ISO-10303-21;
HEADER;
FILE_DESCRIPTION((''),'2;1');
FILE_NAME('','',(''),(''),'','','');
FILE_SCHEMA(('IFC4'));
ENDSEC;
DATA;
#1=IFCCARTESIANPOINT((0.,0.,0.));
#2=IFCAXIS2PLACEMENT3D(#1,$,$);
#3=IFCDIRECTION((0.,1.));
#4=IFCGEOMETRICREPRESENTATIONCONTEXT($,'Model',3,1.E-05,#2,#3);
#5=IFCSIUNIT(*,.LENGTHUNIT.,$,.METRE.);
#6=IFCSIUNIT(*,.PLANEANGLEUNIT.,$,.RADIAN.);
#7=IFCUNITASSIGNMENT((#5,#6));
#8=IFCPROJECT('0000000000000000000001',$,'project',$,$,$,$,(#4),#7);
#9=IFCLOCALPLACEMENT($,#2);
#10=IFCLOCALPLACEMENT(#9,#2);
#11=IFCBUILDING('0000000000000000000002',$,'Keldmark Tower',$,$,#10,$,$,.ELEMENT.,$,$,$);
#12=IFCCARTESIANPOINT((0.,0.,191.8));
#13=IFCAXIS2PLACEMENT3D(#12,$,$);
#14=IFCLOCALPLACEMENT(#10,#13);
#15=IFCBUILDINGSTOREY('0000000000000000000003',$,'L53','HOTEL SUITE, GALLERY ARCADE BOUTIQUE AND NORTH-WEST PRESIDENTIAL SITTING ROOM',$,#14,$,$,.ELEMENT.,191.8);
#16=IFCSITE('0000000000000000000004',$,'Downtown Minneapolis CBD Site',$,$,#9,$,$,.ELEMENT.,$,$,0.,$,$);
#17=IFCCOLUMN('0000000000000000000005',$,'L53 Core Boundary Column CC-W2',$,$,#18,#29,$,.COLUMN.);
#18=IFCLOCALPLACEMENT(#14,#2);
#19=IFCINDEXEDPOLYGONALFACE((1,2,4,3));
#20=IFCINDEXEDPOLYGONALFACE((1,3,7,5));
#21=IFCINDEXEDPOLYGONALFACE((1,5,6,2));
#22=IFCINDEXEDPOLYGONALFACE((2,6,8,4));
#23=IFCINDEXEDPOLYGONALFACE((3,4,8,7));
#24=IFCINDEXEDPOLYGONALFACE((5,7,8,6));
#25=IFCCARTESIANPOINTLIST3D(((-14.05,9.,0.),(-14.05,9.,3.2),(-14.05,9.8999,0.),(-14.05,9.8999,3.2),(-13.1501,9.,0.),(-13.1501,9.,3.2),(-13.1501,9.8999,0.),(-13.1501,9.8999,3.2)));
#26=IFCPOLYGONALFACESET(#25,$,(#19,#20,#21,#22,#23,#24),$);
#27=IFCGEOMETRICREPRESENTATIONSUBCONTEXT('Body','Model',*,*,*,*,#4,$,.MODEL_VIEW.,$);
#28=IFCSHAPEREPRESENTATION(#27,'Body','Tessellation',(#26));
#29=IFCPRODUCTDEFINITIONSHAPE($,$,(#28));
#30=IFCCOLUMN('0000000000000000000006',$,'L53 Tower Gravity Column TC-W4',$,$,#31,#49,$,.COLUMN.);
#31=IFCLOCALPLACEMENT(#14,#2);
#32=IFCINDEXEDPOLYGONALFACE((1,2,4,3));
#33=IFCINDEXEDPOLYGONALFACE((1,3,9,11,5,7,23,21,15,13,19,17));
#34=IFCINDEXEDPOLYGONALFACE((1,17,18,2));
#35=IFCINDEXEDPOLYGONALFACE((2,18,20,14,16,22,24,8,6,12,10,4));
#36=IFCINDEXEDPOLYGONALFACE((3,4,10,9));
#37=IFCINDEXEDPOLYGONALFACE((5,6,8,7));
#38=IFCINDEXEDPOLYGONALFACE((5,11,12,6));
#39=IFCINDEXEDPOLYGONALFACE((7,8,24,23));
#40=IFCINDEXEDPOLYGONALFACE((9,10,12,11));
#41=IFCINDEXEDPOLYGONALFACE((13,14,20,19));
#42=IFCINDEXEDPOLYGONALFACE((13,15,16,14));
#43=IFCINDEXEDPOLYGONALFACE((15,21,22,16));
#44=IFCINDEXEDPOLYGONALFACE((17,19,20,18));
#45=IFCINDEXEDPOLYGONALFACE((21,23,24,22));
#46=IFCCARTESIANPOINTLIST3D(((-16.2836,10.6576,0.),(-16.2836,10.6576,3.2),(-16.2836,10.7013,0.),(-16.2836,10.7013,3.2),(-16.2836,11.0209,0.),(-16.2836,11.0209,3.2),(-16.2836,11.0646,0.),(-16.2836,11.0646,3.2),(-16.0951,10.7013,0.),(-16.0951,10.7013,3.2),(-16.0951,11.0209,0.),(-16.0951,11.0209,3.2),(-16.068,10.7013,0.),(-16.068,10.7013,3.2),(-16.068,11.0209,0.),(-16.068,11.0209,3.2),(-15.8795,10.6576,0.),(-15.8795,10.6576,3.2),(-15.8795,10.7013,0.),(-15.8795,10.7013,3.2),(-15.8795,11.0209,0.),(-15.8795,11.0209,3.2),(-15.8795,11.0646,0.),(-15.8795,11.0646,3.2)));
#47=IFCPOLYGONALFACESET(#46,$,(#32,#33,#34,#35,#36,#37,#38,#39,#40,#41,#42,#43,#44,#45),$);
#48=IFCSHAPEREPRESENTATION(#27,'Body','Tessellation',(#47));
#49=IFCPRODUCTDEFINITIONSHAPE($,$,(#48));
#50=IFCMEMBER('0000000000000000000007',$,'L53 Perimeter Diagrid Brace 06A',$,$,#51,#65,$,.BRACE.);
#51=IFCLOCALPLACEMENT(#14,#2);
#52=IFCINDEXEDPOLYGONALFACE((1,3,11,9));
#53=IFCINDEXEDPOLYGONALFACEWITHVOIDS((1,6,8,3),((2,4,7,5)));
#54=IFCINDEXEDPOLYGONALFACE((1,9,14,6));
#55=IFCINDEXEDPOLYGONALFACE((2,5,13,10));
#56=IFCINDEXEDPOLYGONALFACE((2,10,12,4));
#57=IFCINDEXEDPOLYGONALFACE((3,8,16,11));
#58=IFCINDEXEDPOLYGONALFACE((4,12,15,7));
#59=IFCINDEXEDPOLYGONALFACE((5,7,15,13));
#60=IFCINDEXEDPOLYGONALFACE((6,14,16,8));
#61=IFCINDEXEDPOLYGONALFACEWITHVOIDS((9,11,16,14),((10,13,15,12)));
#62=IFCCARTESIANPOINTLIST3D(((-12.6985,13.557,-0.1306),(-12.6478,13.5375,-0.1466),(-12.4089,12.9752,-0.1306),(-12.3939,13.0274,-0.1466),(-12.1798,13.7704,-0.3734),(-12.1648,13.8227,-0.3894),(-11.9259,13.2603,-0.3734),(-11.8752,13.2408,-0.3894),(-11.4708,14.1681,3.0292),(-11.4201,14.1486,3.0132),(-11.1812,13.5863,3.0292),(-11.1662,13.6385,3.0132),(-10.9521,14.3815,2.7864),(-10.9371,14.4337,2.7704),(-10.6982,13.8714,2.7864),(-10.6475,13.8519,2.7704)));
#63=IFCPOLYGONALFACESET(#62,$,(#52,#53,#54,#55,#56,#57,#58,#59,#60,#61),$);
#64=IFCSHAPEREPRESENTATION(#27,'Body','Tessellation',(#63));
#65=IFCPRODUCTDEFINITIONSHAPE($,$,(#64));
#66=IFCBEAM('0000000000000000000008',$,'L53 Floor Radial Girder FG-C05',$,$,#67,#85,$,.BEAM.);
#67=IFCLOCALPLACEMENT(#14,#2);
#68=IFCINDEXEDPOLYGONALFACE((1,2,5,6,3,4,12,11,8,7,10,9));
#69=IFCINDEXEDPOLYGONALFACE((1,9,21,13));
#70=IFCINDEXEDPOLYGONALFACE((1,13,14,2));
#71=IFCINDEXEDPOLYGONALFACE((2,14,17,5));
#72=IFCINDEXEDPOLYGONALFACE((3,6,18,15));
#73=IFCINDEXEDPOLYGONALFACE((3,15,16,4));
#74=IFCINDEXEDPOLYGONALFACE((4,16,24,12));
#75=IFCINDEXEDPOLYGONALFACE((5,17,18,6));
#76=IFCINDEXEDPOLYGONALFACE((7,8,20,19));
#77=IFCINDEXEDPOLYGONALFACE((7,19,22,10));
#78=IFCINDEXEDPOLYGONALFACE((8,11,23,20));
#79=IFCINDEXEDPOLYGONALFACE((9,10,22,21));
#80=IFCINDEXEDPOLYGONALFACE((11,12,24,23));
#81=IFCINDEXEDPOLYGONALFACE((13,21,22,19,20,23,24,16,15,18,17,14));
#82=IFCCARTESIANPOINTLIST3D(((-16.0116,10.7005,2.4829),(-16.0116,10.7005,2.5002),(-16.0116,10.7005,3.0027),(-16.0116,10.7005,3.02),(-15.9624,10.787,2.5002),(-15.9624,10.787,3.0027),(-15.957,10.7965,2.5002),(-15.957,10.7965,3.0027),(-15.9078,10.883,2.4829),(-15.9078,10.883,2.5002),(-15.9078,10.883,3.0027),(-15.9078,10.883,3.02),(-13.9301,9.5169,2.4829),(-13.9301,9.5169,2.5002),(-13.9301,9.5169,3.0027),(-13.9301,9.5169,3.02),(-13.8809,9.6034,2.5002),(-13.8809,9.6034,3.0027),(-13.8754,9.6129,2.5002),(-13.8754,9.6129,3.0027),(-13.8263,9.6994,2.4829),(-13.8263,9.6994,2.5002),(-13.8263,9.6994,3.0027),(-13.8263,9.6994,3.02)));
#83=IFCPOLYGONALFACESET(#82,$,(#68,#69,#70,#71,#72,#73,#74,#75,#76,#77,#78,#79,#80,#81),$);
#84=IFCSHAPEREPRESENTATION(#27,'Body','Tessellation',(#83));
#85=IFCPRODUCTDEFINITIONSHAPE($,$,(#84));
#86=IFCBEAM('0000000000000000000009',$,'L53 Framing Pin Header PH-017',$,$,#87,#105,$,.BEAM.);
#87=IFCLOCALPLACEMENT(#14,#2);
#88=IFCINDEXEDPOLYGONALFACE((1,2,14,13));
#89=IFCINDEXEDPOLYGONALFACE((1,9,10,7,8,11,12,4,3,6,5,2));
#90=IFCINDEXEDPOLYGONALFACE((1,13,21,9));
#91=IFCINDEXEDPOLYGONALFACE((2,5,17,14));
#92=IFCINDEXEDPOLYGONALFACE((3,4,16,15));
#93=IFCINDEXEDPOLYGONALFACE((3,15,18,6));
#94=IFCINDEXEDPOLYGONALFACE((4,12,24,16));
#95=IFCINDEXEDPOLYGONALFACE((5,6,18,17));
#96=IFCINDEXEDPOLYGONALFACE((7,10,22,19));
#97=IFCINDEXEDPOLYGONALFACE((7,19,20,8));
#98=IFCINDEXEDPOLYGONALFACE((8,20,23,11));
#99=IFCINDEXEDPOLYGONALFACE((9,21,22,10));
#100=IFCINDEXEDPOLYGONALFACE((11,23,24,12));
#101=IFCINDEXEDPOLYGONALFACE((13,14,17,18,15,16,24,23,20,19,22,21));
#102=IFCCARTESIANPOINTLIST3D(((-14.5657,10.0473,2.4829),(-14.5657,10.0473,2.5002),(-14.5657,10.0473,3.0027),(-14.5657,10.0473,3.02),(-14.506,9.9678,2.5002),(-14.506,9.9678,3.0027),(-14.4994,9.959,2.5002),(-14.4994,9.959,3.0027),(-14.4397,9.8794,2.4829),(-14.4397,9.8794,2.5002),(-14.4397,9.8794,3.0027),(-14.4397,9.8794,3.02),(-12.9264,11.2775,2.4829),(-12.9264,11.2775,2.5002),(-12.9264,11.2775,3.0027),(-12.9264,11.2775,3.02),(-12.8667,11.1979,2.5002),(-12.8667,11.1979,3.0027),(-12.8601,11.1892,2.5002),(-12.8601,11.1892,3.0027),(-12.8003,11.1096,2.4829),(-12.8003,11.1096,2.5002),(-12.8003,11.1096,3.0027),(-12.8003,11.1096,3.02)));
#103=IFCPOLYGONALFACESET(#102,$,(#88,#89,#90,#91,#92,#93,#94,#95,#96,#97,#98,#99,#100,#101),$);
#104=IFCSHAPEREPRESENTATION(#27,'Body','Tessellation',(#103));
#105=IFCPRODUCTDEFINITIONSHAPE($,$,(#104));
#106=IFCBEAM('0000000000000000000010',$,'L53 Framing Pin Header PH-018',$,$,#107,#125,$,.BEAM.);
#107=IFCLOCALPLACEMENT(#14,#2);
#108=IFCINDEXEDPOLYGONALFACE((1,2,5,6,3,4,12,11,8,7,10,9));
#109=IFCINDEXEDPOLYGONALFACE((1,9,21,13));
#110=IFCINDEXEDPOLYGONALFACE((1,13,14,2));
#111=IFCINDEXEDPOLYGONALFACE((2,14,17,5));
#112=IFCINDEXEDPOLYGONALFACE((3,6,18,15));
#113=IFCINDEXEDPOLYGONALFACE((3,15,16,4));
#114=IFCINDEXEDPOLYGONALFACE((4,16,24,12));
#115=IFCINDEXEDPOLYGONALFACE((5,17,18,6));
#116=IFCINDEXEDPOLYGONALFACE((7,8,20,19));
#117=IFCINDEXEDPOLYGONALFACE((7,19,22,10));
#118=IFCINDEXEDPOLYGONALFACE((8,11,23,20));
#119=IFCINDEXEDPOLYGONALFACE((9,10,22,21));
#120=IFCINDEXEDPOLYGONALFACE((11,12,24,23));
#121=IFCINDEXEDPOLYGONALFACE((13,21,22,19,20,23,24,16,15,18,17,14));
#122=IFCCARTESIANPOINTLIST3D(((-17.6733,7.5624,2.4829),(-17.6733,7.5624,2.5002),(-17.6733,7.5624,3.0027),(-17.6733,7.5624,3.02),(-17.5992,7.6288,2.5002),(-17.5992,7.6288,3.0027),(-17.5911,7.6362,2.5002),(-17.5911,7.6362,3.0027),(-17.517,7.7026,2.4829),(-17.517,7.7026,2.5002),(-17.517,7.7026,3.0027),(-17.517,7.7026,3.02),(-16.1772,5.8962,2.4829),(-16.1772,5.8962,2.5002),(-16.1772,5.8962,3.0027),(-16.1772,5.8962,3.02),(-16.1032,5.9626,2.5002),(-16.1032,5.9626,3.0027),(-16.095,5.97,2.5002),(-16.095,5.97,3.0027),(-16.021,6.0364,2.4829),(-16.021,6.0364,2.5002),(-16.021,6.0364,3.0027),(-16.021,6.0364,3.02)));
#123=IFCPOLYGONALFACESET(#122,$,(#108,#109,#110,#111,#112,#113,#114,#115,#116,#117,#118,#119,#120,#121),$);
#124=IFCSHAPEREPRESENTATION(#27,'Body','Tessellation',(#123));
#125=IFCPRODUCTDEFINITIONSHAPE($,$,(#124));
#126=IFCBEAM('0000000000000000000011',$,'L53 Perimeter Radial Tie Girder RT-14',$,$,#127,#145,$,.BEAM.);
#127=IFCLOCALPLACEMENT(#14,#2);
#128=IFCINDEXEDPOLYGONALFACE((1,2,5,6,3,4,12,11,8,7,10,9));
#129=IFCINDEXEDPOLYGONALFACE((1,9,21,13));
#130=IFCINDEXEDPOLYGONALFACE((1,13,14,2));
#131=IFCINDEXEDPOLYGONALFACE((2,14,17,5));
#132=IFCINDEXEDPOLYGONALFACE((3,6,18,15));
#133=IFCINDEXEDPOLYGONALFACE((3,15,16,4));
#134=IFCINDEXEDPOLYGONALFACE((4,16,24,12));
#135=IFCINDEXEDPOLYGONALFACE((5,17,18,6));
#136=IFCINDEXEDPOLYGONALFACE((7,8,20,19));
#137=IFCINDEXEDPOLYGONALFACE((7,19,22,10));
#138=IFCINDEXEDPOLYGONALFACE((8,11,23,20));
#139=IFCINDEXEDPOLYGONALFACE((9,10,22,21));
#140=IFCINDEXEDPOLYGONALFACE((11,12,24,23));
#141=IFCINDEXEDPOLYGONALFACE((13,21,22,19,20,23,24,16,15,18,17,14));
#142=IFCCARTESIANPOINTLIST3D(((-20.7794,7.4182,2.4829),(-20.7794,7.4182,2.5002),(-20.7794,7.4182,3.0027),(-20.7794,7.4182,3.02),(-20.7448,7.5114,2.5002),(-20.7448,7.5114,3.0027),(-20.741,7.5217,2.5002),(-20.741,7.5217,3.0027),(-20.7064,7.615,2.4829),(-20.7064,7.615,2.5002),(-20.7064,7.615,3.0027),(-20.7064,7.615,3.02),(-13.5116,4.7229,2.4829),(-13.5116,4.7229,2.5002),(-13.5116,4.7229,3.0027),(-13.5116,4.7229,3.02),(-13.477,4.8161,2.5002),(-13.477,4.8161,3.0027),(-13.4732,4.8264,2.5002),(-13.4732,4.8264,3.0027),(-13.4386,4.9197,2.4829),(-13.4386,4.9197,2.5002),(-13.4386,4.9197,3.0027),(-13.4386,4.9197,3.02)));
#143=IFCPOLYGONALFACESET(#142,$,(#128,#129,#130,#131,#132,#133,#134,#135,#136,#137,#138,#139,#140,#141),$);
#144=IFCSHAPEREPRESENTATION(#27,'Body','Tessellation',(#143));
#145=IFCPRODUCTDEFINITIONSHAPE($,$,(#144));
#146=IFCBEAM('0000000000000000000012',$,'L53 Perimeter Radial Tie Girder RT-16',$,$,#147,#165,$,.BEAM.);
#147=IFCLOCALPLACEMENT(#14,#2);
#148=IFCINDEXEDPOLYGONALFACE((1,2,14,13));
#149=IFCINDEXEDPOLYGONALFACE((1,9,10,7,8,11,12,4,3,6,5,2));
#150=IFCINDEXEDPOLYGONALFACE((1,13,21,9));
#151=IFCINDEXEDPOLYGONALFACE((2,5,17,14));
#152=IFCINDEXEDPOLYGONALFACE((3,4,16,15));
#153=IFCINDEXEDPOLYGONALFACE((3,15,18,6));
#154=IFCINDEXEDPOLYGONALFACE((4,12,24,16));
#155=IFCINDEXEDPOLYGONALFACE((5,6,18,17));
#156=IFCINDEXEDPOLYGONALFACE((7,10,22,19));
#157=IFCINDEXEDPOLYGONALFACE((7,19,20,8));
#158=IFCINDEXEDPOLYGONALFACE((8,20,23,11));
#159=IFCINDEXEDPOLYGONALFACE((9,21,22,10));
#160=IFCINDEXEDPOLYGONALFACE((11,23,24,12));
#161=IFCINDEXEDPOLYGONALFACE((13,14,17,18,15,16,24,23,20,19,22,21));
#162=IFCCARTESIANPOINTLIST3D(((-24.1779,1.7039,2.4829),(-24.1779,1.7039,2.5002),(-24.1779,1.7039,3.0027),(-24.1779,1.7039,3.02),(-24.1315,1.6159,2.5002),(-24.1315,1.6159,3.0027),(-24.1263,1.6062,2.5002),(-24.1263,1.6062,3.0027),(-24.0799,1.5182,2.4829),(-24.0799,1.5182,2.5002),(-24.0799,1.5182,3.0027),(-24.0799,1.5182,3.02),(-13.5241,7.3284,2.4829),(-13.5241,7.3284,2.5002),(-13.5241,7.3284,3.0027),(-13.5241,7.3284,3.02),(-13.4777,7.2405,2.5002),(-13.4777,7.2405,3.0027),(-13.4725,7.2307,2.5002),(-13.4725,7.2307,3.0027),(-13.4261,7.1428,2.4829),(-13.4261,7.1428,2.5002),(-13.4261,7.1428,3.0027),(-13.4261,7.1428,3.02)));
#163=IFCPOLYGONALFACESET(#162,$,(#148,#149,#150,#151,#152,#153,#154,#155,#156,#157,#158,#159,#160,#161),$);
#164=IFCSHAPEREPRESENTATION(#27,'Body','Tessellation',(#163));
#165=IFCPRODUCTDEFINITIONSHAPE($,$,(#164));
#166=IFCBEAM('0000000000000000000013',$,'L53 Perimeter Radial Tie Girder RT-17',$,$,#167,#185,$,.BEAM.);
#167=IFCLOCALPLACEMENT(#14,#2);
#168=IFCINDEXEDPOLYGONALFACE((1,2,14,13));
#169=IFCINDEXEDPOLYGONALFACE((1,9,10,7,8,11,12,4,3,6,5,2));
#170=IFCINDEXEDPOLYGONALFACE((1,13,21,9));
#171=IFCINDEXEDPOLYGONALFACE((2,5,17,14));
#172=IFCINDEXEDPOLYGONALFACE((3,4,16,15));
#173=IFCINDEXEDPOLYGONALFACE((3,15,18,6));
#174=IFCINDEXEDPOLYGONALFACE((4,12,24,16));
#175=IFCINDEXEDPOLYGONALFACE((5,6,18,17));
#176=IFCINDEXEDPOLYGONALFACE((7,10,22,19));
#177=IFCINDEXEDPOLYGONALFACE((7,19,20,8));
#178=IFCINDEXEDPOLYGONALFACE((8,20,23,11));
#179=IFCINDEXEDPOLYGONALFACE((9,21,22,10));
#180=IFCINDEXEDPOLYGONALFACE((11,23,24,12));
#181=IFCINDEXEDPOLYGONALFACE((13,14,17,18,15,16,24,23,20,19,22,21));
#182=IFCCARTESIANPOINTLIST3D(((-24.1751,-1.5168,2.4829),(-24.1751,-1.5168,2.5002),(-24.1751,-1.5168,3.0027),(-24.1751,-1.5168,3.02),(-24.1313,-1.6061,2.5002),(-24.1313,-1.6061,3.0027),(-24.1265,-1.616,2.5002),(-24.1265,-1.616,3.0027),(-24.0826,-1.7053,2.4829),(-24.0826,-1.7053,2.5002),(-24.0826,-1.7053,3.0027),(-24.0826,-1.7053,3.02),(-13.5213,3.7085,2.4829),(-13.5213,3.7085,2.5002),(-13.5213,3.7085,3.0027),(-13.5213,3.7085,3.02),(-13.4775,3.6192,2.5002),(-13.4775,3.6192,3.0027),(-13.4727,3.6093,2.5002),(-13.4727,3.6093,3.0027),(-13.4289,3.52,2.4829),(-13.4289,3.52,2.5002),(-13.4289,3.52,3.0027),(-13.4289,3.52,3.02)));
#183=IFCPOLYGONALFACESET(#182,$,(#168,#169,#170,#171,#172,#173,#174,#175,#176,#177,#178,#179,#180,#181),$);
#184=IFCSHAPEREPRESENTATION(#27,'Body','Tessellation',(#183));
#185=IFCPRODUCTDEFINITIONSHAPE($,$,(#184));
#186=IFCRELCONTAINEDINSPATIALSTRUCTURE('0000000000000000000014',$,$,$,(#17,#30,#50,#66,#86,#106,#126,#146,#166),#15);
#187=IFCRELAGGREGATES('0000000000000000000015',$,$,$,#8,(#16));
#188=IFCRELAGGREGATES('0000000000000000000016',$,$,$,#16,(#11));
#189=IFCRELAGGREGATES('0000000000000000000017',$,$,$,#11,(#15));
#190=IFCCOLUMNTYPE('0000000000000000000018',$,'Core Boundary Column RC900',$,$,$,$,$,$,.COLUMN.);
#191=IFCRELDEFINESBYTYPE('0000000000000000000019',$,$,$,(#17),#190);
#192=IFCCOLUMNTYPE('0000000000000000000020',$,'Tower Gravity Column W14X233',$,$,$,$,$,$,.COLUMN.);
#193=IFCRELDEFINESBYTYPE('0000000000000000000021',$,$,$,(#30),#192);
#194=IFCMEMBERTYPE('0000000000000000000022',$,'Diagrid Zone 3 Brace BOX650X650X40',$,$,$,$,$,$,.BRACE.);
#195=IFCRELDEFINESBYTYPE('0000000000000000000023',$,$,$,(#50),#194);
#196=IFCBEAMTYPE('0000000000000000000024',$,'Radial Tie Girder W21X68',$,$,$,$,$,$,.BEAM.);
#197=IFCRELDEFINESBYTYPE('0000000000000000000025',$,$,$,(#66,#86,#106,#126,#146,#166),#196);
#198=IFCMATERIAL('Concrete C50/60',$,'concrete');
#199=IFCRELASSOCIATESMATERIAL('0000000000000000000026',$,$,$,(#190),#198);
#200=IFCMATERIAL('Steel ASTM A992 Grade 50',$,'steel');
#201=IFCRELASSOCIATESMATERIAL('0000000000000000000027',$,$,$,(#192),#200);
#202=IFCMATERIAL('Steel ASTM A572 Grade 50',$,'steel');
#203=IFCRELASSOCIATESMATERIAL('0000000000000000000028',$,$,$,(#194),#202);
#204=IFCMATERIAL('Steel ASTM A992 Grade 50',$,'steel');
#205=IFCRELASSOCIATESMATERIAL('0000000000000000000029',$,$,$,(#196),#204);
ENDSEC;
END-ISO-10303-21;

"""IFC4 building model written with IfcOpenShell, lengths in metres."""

from ifc_helpers import new_model, si_unit, direction, frame, origin, origin_2d, place, context, subcontext, project, spatial, rectangle, hollow_rectangle, i_section, extrude, material, material_profile, profile_set, type_object, element, save


model = new_model("IFC4")

# Units and contexts
model_context = context("Model", 3, precision=1e-05, world=origin(), true_north=direction((0.0, 1.0)))
body_context = subcontext(model_context, "Body", "Model", "MODEL_VIEW")
ifc_project = project(units=[si_unit("LENGTHUNIT", "METRE"), si_unit("PLANEANGLEUNIT", "RADIAN")], contexts=[model_context])

# Site, building, storey
site_placement = place(None, origin())
site = spatial("IfcSite", under=ifc_project, at=site_placement, Name="Downtown Minneapolis CBD Site", CompositionType="ELEMENT", RefElevation=0.0)
building_placement = place(site_placement, origin())
building = spatial("IfcBuilding", under=site, at=building_placement, Name="Keldmark Tower", CompositionType="ELEMENT")
storey_placement = place(building_placement, frame((0.0, 0.0, 191.8)))
storey = spatial("IfcBuildingStorey", under=building, at=storey_placement, Name="L53", Description="HOTEL SUITE, GALLERY ARCADE BOUTIQUE AND NORTH-WEST PRESIDENTIAL SITTING ROOM", CompositionType="ELEMENT", Elevation=191.8)

# Columns
ifc_material_1 = material(Name="Concrete C50/60", Category="concrete")
ifc_material_profile_1 = material_profile(ifc_material_1, rectangle(XDim=0.8999, YDim=0.8999, at=origin_2d()), Name="RC900X900")
ifc_profile_set_1 = profile_set([ifc_material_profile_1], Name="Concrete C50/60")
column_type_1 = type_object("IfcColumnType", Name="Core Boundary Column RC900", PredefinedType="COLUMN", material=ifc_profile_set_1)
column_1_placement = place(storey_placement, frame((-13.6001, 9.45, 0.0), z_axis=(0.0, 0.0, 1.0), x_axis=(1.0, 0.0, 0.0)))
element("IfcColumn", 1, at=column_1_placement, inside=storey, type_object=column_type_1, Name="L53 Core Boundary Column CC-W2", PredefinedType="COLUMN", context=body_context, shape_type="SweptSolid", body=[
    extrude(rectangle(XDim=0.8999, YDim=0.8999, at=origin_2d()), origin(), (0.0, 0.0, 1.0), 3.2),
])
ifc_material_2 = material(Name="Steel ASTM A992 Grade 50", Category="steel")
ifc_material_profile_2 = material_profile(ifc_material_2, i_section(OverallWidth=0.4041, OverallDepth=0.407, WebThickness=0.0271, FlangeThickness=0.0437, at=origin_2d()), Name="W14X233")
ifc_profile_set_2 = profile_set([ifc_material_profile_2], Name="Steel ASTM A992 Grade 50")
column_type_2 = type_object("IfcColumnType", Name="Tower Gravity Column W14X233", PredefinedType="COLUMN", material=ifc_profile_set_2)
column_2_placement = place(storey_placement, frame((-16.0815, 10.8611, 0.0), z_axis=(0.0, 0.0, 1.0), x_axis=(1.0, 0.0, 0.0)))
element("IfcColumn", 2, at=column_2_placement, inside=storey, type_object=column_type_2, Name="L53 Tower Gravity Column TC-W4", PredefinedType="COLUMN", context=body_context, shape_type="SweptSolid", body=[
    extrude(i_section(OverallWidth=0.4041, OverallDepth=0.407, WebThickness=0.0271, FlangeThickness=0.0437, at=origin_2d()), origin(), (0.0, 0.0, 1.0), 3.2),
])

# Member
ifc_material_3 = material(Name="Steel ASTM A572 Grade 50", Category="steel")
ifc_material_profile_3 = material_profile(ifc_material_3, hollow_rectangle(XDim=0.6499, YDim=0.6499, WallThickness=0.04, at=origin_2d()), Name="BOX650X650X40")
ifc_profile_set_3 = profile_set([ifc_material_profile_3], Name="Steel ASTM A572 Grade 50")
member_type = type_object("IfcMemberType", Name="Diagrid Zone 3 Brace BOX650X650X40", PredefinedType="BRACE", material=ifc_profile_set_3)
member_placement = place(storey_placement, frame((-12.2869, 13.3989, -0.26), z_axis=(0.356427, 0.177399, 0.917327), x_axis=(-0.445575, 0.895245, 0.0)))
element("IfcMember", 3, at=member_placement, inside=storey, type_object=member_type, Name="L53 Perimeter Diagrid Brace 06A", PredefinedType="BRACE", context=body_context, shape_type="SweptSolid", body=[
    extrude(hollow_rectangle(XDim=0.6499, YDim=0.6499, WallThickness=0.04, at=origin_2d()), origin(), (0.0, 0.0, 1.0), 3.4446),
])

# Beams
ifc_material_4 = material(Name="Steel ASTM A992 Grade 50", Category="steel")
ifc_material_profile_4 = material_profile(ifc_material_4, i_section(OverallWidth=0.21, OverallDepth=0.5371, WebThickness=0.011, FlangeThickness=0.0173, at=origin_2d()), Name="W21X68")
ifc_profile_set_4 = profile_set([ifc_material_profile_4], Name="Steel ASTM A992 Grade 50")
beam_type_1 = type_object("IfcBeamType", Name="Radial Tie Girder W21X68", PredefinedType="BEAM", material=ifc_profile_set_4)
beam_1_placement = place(storey_placement, frame((-15.9597, 10.7917, 2.7515), z_axis=(0.869295, -0.494293, 0.0), x_axis=(0.494293, 0.869295, 0.0)))
element("IfcBeam", 4, at=beam_1_placement, inside=storey, type_object=beam_type_1, Name="L53 Floor Radial Girder FG-C05", PredefinedType="BEAM", context=body_context, shape_type="SweptSolid", body=[
    extrude(i_section(OverallWidth=0.21, OverallDepth=0.5371, WebThickness=0.011, FlangeThickness=0.0173, at=origin_2d()), origin(), (0.0, 0.0, 1.0), 2.3945),
])
beam_2_placement = place(storey_placement, frame((-14.5027, 9.9634, 2.7515), z_axis=(0.799843, 0.60021, 0.0), x_axis=(-0.60021, 0.799843, 0.0)))
element("IfcBeam", 5, at=beam_2_placement, inside=storey, type_object=beam_type_1, Name="L53 Framing Pin Header PH-017", PredefinedType="BEAM", context=body_context, shape_type="SweptSolid", body=[
    extrude(i_section(OverallWidth=0.21, OverallDepth=0.5371, WebThickness=0.011, FlangeThickness=0.0173, at=origin_2d()), origin(), (0.0, 0.0, 1.0), 2.0496),
])
beam_3_placement = place(storey_placement, frame((-16.0991, 5.9663, 2.7515), z_axis=(-0.668091, 0.74408, 0.0), x_axis=(-0.74408, -0.668091, 0.0)))
element("IfcBeam", 6, at=beam_3_placement, inside=storey, type_object=beam_type_1, Name="L53 Framing Pin Header PH-018", PredefinedType="BEAM", context=body_context, shape_type="SweptSolid", body=[
    extrude(i_section(OverallWidth=0.21, OverallDepth=0.5371, WebThickness=0.011, FlangeThickness=0.0173, at=origin_2d()), origin(), (0.0, 0.0, 1.0), 2.2393),
])
beam_4_placement = place(storey_placement, frame((-13.4751, 4.8213, 2.7515), z_axis=(-0.937601, 0.347714, 0.0), x_axis=(-0.347714, -0.937601, 0.0)))
element("IfcBeam", 7, at=beam_4_placement, inside=storey, type_object=beam_type_1, Name="L53 Perimeter Radial Tie Girder RT-14", PredefinedType="BEAM", context=body_context, shape_type="SweptSolid", body=[
    extrude(i_section(OverallWidth=0.21, OverallDepth=0.5371, WebThickness=0.011, FlangeThickness=0.0173, at=origin_2d()), origin(), (0.0, 0.0, 1.0), 7.7515),
])
beam_5_placement = place(storey_placement, frame((-13.4751, 7.2356, 2.7515), z_axis=(-0.884328, -0.466867, 0.0), x_axis=(0.466867, -0.884328, 0.0)))
element("IfcBeam", 8, at=beam_5_placement, inside=storey, type_object=beam_type_1, Name="L53 Perimeter Radial Tie Girder RT-16", PredefinedType="BEAM", context=body_context, shape_type="SweptSolid", body=[
    extrude(i_section(OverallWidth=0.21, OverallDepth=0.5371, WebThickness=0.011, FlangeThickness=0.0173, at=origin_2d()), origin(), (0.0, 0.0, 1.0), 12.0474),
])
beam_6_placement = place(storey_placement, frame((-13.4751, 3.6143, 2.7515), z_axis=(-0.897825, -0.440353, 0.0), x_axis=(0.440353, -0.897825, 0.0)))
element("IfcBeam", 9, at=beam_6_placement, inside=storey, type_object=beam_type_1, Name="L53 Perimeter Radial Tie Girder RT-17", PredefinedType="BEAM", context=body_context, shape_type="SweptSolid", body=[
    extrude(i_section(OverallWidth=0.21, OverallDepth=0.5371, WebThickness=0.011, FlangeThickness=0.0173, at=origin_2d()), origin(), (0.0, 0.0, 1.0), 11.8662),
])

save(model, "model.ifc")
